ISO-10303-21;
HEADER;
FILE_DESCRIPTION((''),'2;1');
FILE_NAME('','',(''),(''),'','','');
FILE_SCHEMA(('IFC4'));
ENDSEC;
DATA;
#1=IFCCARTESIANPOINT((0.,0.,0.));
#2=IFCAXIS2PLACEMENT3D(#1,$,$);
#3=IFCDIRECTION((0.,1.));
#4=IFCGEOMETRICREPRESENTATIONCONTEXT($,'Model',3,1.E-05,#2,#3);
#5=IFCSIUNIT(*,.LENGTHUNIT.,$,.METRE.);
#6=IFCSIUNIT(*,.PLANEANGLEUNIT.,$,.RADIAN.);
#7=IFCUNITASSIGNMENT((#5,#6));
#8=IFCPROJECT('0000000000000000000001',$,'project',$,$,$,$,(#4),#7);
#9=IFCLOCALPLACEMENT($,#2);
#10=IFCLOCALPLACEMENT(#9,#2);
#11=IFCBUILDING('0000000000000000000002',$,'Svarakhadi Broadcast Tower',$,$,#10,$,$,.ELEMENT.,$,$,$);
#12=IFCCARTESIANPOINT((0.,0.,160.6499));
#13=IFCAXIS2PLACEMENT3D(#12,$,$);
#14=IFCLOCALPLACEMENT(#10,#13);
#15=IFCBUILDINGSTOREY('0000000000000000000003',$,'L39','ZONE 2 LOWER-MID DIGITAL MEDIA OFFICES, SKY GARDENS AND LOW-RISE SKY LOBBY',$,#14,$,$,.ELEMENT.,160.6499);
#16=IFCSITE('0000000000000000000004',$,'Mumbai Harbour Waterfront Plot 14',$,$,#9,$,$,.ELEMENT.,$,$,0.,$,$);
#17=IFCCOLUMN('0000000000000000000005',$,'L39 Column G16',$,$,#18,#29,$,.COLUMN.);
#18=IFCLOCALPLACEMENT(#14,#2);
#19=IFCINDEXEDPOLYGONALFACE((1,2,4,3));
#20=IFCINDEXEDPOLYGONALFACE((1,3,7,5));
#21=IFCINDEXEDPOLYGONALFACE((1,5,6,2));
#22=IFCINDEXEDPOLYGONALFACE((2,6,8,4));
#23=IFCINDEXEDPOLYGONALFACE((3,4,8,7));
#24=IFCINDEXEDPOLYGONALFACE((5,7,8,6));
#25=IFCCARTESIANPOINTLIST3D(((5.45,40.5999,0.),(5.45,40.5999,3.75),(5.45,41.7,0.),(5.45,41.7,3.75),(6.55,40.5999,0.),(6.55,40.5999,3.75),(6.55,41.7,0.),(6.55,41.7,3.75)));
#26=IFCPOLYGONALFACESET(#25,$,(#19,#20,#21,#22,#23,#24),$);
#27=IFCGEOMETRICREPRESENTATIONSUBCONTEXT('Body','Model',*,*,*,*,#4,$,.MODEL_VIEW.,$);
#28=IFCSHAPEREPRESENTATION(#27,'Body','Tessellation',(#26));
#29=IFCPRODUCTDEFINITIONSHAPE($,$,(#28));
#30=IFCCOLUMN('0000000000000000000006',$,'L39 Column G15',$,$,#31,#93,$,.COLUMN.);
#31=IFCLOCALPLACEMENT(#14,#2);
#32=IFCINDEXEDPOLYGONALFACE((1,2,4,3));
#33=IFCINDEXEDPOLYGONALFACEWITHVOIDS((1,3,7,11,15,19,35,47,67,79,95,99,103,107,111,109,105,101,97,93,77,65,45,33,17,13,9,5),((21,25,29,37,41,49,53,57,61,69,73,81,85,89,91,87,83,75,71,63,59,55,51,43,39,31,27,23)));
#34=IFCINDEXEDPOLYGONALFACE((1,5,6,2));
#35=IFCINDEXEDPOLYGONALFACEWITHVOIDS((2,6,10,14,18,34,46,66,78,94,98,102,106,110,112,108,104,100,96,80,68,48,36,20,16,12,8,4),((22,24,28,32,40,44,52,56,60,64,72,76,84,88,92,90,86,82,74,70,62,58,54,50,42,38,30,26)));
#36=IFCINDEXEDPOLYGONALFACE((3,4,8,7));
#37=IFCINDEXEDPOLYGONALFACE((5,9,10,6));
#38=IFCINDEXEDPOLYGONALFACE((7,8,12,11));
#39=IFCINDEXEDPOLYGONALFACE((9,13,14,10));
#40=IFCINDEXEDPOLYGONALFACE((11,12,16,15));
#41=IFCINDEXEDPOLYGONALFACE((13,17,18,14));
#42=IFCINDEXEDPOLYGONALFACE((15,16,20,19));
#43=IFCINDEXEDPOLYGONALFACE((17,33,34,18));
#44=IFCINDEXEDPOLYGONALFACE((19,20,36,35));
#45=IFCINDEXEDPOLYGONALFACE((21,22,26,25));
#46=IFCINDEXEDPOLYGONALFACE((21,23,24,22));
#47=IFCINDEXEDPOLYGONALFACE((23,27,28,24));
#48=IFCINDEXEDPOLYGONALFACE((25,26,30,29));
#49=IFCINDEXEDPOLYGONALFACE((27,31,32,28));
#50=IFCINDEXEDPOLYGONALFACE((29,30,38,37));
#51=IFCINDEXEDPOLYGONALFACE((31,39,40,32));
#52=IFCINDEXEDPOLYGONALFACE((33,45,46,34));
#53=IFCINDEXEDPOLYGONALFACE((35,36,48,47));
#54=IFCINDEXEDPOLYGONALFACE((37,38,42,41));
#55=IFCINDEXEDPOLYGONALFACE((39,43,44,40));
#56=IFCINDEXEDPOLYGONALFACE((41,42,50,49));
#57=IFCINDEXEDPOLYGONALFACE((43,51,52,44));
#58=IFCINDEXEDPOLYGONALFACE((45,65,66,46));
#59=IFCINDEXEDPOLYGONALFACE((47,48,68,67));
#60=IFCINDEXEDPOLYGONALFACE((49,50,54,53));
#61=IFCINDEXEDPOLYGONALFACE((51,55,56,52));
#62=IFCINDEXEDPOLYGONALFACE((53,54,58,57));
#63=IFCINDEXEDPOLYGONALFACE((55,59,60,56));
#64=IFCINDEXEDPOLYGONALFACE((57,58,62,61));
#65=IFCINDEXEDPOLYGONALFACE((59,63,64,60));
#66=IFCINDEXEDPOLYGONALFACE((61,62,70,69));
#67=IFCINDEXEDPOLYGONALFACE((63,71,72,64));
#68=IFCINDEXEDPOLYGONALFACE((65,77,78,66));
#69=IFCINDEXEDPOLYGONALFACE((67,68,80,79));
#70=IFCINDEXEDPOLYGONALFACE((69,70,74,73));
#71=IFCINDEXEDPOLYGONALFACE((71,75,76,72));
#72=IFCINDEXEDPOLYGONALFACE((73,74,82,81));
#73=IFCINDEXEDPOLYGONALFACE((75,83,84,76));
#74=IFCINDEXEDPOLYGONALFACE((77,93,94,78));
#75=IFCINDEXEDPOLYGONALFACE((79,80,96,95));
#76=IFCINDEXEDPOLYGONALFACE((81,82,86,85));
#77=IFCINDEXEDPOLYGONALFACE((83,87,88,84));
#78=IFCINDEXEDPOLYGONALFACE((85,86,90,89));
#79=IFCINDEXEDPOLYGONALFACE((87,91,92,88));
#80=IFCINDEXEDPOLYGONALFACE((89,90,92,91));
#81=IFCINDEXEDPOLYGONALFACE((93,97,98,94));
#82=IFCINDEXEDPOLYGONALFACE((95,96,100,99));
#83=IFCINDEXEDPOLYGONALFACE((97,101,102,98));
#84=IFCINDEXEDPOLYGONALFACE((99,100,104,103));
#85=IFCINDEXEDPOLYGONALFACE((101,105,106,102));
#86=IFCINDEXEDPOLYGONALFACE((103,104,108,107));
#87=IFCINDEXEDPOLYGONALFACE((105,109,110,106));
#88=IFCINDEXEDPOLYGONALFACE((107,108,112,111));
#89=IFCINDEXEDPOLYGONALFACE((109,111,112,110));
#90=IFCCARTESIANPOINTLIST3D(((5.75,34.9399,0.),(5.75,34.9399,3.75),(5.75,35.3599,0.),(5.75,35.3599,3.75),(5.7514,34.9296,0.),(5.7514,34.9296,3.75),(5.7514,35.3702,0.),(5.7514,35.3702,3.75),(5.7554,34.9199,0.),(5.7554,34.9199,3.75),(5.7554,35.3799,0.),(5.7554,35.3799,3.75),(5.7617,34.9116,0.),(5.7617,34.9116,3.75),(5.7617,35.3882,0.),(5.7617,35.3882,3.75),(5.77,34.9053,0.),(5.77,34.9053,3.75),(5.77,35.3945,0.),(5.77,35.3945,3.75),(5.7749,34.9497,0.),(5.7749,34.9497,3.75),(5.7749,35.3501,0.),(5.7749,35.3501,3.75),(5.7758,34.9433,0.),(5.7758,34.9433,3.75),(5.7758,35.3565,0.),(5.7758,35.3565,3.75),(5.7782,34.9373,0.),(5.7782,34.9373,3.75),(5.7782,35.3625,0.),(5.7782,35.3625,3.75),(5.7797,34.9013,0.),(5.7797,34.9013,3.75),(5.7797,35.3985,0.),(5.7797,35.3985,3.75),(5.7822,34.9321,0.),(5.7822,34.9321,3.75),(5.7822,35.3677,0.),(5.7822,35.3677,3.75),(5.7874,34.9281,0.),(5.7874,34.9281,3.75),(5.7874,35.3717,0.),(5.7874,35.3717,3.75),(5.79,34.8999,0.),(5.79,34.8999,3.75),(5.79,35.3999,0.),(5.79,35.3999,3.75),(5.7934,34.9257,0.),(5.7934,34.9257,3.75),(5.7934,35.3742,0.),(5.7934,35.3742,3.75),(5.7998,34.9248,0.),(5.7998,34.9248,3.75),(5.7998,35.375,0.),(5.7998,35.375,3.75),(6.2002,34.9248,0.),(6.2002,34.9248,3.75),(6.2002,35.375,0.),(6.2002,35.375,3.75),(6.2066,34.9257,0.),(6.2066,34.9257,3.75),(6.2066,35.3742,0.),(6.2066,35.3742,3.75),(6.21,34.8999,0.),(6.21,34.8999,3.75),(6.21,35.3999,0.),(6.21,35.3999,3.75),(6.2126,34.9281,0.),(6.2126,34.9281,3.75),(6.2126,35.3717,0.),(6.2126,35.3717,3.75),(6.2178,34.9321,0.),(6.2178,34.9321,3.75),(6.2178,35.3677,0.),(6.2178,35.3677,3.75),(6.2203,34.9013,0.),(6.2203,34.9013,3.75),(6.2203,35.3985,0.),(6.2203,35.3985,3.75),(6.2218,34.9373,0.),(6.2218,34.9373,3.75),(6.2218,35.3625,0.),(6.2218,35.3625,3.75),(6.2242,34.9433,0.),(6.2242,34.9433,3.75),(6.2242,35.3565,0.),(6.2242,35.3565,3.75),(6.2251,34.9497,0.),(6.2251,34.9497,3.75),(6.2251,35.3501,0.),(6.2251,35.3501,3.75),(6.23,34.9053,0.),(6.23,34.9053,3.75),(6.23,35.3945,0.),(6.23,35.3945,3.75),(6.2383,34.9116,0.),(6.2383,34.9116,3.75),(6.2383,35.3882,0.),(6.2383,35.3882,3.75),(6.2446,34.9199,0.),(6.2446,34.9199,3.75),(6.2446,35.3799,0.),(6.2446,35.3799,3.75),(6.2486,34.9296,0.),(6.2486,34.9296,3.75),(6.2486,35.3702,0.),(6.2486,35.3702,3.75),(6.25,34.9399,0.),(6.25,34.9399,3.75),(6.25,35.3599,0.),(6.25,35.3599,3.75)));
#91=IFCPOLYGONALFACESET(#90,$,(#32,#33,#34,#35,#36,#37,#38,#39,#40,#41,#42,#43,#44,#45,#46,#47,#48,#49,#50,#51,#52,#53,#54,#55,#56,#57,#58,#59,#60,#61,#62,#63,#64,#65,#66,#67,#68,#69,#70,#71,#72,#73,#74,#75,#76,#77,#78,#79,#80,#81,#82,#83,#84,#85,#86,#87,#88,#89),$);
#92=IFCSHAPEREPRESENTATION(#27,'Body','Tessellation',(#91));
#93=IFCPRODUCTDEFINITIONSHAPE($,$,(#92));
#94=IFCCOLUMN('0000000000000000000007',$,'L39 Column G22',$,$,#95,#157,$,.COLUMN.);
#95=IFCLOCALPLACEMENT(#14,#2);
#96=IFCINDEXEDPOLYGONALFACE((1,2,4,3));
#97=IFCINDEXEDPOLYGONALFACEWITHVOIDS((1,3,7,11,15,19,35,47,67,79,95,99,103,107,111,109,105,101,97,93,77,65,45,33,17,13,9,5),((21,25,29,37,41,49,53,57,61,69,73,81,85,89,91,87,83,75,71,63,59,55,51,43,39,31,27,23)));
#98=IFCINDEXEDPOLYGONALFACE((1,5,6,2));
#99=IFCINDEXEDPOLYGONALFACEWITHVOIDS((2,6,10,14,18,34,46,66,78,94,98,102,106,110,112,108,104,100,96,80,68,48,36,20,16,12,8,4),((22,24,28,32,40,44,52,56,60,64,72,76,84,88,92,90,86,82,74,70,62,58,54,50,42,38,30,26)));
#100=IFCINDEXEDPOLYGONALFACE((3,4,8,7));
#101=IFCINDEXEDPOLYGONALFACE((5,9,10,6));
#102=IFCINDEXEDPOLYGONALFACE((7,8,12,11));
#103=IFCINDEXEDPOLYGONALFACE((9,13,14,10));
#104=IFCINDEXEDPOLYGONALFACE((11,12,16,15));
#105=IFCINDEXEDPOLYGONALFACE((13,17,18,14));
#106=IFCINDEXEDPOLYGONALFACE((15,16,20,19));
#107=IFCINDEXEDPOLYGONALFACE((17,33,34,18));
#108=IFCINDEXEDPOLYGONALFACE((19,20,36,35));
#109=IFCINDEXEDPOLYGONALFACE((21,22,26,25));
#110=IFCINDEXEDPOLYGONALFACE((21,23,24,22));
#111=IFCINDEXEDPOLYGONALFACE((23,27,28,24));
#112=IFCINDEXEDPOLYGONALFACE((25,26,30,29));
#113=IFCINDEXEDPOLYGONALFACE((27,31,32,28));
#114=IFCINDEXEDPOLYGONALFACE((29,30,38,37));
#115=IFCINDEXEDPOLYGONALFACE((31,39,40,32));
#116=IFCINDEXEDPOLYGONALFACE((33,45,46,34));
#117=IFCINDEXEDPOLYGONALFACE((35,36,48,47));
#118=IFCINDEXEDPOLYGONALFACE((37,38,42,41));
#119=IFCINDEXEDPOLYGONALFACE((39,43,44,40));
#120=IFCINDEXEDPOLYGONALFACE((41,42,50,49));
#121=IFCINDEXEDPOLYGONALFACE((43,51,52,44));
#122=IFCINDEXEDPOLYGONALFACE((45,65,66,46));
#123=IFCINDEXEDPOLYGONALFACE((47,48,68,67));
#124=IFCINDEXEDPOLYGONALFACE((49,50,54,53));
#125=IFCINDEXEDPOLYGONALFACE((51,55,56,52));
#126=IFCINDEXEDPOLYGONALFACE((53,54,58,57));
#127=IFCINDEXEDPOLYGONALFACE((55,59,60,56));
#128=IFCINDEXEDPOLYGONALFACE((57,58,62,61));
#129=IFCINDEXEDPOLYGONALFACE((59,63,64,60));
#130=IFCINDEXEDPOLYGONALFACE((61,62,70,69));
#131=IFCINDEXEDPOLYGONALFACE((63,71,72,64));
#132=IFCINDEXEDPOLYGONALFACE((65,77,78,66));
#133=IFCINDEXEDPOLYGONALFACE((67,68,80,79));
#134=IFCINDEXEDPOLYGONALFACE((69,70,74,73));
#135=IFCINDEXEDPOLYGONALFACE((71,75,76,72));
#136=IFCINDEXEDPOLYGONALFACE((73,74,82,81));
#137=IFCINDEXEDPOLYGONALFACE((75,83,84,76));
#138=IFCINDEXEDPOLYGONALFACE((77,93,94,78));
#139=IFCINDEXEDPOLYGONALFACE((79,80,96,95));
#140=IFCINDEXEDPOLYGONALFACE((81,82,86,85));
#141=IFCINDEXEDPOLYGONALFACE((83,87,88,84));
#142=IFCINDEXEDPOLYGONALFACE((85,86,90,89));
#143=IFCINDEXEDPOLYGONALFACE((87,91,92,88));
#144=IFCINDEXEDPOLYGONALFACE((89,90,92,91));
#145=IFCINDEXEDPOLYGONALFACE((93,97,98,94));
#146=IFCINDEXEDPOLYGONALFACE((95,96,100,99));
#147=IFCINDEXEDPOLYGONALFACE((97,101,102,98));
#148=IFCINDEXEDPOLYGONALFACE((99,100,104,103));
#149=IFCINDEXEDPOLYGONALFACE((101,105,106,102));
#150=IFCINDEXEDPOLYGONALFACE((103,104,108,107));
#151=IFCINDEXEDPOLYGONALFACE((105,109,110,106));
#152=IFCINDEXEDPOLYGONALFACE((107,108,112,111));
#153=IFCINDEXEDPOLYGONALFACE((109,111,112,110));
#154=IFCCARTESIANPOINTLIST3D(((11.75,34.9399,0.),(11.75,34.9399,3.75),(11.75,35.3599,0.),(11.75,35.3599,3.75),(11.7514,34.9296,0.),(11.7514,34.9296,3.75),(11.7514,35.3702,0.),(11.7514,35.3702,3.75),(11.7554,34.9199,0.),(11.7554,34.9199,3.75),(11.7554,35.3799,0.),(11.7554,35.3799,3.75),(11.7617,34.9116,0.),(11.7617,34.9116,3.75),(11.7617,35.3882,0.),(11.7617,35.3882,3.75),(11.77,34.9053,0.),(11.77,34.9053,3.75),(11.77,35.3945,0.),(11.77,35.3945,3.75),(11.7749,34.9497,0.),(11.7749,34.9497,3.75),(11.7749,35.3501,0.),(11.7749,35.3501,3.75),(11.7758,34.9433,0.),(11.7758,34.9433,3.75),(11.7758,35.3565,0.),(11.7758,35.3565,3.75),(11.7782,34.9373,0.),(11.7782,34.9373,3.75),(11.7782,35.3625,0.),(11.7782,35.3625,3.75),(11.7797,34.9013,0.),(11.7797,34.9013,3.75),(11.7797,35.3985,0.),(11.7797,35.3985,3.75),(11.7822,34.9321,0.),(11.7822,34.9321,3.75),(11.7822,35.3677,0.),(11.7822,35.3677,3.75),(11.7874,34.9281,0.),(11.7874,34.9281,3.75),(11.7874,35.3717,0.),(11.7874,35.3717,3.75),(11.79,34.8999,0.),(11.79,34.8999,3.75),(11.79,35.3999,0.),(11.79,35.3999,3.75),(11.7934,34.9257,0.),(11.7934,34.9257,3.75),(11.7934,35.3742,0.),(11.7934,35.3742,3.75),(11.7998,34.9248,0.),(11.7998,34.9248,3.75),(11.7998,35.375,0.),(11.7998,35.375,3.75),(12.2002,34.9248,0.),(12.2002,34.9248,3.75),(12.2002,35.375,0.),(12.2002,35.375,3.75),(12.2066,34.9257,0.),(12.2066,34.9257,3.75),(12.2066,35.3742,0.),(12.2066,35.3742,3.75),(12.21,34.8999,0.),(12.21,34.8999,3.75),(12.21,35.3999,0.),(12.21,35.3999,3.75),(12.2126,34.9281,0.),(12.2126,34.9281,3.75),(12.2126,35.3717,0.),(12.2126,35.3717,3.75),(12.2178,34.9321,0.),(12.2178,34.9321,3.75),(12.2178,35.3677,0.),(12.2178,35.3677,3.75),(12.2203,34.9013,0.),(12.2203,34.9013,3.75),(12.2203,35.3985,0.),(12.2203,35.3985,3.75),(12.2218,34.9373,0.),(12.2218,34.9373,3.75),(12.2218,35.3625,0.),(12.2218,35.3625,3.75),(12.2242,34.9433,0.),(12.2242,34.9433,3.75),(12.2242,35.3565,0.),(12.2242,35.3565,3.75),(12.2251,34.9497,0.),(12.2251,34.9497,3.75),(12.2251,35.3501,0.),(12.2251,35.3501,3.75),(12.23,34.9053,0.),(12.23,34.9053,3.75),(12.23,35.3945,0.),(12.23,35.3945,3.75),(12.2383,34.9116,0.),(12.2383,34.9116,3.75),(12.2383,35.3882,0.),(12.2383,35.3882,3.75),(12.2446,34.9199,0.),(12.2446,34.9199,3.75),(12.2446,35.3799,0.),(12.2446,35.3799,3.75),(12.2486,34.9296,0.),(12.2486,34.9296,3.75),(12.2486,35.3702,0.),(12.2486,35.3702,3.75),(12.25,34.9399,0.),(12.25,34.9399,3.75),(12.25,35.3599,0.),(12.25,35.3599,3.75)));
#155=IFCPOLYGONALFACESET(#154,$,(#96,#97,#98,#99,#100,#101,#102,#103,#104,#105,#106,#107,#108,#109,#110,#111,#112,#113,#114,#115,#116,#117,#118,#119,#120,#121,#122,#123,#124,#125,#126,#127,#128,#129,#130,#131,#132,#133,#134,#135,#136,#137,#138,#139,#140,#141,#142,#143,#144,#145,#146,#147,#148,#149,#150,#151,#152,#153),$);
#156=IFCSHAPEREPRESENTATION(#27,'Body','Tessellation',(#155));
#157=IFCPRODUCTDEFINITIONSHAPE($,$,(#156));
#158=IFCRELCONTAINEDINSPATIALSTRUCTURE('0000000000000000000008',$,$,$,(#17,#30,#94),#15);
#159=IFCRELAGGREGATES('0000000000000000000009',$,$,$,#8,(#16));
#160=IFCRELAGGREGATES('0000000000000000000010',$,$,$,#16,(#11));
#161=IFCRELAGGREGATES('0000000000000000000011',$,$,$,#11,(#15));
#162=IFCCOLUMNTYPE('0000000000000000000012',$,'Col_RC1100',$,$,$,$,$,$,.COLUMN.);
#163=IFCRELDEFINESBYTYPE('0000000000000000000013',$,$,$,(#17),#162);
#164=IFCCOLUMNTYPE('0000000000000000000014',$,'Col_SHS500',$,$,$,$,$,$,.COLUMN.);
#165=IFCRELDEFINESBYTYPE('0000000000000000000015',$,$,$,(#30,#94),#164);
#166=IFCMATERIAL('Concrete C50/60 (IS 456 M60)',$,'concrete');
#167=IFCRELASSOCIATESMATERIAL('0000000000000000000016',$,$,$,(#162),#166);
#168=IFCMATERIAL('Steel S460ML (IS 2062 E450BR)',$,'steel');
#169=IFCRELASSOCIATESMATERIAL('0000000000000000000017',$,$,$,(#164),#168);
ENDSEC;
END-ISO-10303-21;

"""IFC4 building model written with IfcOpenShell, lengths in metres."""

from ifc_helpers import new_model, si_unit, direction, frame, origin, origin_2d, place, context, subcontext, project, spatial, rectangle, hollow_rectangle, extrude, material, material_profile, profile_set, type_object, element, save


model = new_model("IFC4")

# Units and contexts
model_context = context("Model", 3, precision=1e-05, world=origin(), true_north=direction((0.0, 1.0)))
body_context = subcontext(model_context, "Body", "Model", "MODEL_VIEW")
ifc_project = project(units=[si_unit("LENGTHUNIT", "METRE"), si_unit("PLANEANGLEUNIT", "RADIAN")], contexts=[model_context])

# Site, building, storey
site_placement = place(None, origin())
site = spatial("IfcSite", under=ifc_project, at=site_placement, Name="Mumbai Harbour Waterfront Plot 14", CompositionType="ELEMENT", RefElevation=0.0)
building_placement = place(site_placement, origin())
building = spatial("IfcBuilding", under=site, at=building_placement, Name="Svarakhadi Broadcast Tower", CompositionType="ELEMENT")
storey_placement = place(building_placement, frame((0.0, 0.0, 160.6499)))
storey = spatial("IfcBuildingStorey", under=building, at=storey_placement, Name="L39", Description="ZONE 2 LOWER-MID DIGITAL MEDIA OFFICES, SKY GARDENS AND LOW-RISE SKY LOBBY", CompositionType="ELEMENT", Elevation=160.6499)

# Columns
ifc_material_1 = material(Name="Concrete C50/60 (IS 456 M60)", Category="concrete")
ifc_material_profile_1 = material_profile(ifc_material_1, rectangle(XDim=1.1001, YDim=1.1001, at=origin_2d()), Name="RC 1100x1100")
ifc_profile_set_1 = profile_set([ifc_material_profile_1], Name="Concrete C50/60 (IS 456 M60)")
column_type_1 = type_object("IfcColumnType", Name="Col_RC1100", PredefinedType="COLUMN", material=ifc_profile_set_1)
column_placement = place(storey_placement, frame((6.0, 41.1499, 0.0), z_axis=(0.0, 0.0, 1.0), x_axis=(1.0, 0.0, 0.0)))
element("IfcColumn", 1, at=column_placement, inside=storey, type_object=column_type_1, Name="L39 Column G16", PredefinedType="COLUMN", context=body_context, shape_type="SweptSolid", body=[
    extrude(rectangle(XDim=1.1001, YDim=1.1001, at=origin_2d()), origin(), (0.0, 0.0, 1.0), 3.75),
])
ifc_material_2 = material(Name="Steel S460ML (IS 2062 E450BR)", Category="steel")
ifc_material_profile_2 = material_profile(ifc_material_2, hollow_rectangle(XDim=0.5, YDim=0.5, WallThickness=0.0249, InnerFilletRadius=0.0249, OuterFilletRadius=0.04, at=origin_2d()), Name="SHS 500x500x25")
ifc_profile_set_2 = profile_set([ifc_material_profile_2], Name="Steel S460ML (IS 2062 E450BR)")
column_type_2 = type_object("IfcColumnType", Name="Col_SHS500", PredefinedType="COLUMN", material=ifc_profile_set_2)
for number, where, z_axis, x_axis, name in (
    (2, (6.0, 35.1499, 0.0), (0.0, 0.0, 1.0), (1.0, 0.0, 0.0), "L39 Column G15"),
    (3, (12.0, 35.1499, 0.0), (0.0, 0.0, 1.0), (1.0, 0.0, 0.0), "L39 Column G22"),
):
    element("IfcColumn", number, at=place(storey_placement, frame(where, z_axis=z_axis, x_axis=x_axis)), inside=storey, type_object=column_type_2, Name=name, PredefinedType="COLUMN", context=body_context, shape_type="SweptSolid", body=[
        extrude(hollow_rectangle(XDim=0.5, YDim=0.5, WallThickness=0.0249, InnerFilletRadius=0.0249, OuterFilletRadius=0.04, at=origin_2d()), origin(), (0.0, 0.0, 1.0), 3.75),
    ])

save(model, "model.ifc")
